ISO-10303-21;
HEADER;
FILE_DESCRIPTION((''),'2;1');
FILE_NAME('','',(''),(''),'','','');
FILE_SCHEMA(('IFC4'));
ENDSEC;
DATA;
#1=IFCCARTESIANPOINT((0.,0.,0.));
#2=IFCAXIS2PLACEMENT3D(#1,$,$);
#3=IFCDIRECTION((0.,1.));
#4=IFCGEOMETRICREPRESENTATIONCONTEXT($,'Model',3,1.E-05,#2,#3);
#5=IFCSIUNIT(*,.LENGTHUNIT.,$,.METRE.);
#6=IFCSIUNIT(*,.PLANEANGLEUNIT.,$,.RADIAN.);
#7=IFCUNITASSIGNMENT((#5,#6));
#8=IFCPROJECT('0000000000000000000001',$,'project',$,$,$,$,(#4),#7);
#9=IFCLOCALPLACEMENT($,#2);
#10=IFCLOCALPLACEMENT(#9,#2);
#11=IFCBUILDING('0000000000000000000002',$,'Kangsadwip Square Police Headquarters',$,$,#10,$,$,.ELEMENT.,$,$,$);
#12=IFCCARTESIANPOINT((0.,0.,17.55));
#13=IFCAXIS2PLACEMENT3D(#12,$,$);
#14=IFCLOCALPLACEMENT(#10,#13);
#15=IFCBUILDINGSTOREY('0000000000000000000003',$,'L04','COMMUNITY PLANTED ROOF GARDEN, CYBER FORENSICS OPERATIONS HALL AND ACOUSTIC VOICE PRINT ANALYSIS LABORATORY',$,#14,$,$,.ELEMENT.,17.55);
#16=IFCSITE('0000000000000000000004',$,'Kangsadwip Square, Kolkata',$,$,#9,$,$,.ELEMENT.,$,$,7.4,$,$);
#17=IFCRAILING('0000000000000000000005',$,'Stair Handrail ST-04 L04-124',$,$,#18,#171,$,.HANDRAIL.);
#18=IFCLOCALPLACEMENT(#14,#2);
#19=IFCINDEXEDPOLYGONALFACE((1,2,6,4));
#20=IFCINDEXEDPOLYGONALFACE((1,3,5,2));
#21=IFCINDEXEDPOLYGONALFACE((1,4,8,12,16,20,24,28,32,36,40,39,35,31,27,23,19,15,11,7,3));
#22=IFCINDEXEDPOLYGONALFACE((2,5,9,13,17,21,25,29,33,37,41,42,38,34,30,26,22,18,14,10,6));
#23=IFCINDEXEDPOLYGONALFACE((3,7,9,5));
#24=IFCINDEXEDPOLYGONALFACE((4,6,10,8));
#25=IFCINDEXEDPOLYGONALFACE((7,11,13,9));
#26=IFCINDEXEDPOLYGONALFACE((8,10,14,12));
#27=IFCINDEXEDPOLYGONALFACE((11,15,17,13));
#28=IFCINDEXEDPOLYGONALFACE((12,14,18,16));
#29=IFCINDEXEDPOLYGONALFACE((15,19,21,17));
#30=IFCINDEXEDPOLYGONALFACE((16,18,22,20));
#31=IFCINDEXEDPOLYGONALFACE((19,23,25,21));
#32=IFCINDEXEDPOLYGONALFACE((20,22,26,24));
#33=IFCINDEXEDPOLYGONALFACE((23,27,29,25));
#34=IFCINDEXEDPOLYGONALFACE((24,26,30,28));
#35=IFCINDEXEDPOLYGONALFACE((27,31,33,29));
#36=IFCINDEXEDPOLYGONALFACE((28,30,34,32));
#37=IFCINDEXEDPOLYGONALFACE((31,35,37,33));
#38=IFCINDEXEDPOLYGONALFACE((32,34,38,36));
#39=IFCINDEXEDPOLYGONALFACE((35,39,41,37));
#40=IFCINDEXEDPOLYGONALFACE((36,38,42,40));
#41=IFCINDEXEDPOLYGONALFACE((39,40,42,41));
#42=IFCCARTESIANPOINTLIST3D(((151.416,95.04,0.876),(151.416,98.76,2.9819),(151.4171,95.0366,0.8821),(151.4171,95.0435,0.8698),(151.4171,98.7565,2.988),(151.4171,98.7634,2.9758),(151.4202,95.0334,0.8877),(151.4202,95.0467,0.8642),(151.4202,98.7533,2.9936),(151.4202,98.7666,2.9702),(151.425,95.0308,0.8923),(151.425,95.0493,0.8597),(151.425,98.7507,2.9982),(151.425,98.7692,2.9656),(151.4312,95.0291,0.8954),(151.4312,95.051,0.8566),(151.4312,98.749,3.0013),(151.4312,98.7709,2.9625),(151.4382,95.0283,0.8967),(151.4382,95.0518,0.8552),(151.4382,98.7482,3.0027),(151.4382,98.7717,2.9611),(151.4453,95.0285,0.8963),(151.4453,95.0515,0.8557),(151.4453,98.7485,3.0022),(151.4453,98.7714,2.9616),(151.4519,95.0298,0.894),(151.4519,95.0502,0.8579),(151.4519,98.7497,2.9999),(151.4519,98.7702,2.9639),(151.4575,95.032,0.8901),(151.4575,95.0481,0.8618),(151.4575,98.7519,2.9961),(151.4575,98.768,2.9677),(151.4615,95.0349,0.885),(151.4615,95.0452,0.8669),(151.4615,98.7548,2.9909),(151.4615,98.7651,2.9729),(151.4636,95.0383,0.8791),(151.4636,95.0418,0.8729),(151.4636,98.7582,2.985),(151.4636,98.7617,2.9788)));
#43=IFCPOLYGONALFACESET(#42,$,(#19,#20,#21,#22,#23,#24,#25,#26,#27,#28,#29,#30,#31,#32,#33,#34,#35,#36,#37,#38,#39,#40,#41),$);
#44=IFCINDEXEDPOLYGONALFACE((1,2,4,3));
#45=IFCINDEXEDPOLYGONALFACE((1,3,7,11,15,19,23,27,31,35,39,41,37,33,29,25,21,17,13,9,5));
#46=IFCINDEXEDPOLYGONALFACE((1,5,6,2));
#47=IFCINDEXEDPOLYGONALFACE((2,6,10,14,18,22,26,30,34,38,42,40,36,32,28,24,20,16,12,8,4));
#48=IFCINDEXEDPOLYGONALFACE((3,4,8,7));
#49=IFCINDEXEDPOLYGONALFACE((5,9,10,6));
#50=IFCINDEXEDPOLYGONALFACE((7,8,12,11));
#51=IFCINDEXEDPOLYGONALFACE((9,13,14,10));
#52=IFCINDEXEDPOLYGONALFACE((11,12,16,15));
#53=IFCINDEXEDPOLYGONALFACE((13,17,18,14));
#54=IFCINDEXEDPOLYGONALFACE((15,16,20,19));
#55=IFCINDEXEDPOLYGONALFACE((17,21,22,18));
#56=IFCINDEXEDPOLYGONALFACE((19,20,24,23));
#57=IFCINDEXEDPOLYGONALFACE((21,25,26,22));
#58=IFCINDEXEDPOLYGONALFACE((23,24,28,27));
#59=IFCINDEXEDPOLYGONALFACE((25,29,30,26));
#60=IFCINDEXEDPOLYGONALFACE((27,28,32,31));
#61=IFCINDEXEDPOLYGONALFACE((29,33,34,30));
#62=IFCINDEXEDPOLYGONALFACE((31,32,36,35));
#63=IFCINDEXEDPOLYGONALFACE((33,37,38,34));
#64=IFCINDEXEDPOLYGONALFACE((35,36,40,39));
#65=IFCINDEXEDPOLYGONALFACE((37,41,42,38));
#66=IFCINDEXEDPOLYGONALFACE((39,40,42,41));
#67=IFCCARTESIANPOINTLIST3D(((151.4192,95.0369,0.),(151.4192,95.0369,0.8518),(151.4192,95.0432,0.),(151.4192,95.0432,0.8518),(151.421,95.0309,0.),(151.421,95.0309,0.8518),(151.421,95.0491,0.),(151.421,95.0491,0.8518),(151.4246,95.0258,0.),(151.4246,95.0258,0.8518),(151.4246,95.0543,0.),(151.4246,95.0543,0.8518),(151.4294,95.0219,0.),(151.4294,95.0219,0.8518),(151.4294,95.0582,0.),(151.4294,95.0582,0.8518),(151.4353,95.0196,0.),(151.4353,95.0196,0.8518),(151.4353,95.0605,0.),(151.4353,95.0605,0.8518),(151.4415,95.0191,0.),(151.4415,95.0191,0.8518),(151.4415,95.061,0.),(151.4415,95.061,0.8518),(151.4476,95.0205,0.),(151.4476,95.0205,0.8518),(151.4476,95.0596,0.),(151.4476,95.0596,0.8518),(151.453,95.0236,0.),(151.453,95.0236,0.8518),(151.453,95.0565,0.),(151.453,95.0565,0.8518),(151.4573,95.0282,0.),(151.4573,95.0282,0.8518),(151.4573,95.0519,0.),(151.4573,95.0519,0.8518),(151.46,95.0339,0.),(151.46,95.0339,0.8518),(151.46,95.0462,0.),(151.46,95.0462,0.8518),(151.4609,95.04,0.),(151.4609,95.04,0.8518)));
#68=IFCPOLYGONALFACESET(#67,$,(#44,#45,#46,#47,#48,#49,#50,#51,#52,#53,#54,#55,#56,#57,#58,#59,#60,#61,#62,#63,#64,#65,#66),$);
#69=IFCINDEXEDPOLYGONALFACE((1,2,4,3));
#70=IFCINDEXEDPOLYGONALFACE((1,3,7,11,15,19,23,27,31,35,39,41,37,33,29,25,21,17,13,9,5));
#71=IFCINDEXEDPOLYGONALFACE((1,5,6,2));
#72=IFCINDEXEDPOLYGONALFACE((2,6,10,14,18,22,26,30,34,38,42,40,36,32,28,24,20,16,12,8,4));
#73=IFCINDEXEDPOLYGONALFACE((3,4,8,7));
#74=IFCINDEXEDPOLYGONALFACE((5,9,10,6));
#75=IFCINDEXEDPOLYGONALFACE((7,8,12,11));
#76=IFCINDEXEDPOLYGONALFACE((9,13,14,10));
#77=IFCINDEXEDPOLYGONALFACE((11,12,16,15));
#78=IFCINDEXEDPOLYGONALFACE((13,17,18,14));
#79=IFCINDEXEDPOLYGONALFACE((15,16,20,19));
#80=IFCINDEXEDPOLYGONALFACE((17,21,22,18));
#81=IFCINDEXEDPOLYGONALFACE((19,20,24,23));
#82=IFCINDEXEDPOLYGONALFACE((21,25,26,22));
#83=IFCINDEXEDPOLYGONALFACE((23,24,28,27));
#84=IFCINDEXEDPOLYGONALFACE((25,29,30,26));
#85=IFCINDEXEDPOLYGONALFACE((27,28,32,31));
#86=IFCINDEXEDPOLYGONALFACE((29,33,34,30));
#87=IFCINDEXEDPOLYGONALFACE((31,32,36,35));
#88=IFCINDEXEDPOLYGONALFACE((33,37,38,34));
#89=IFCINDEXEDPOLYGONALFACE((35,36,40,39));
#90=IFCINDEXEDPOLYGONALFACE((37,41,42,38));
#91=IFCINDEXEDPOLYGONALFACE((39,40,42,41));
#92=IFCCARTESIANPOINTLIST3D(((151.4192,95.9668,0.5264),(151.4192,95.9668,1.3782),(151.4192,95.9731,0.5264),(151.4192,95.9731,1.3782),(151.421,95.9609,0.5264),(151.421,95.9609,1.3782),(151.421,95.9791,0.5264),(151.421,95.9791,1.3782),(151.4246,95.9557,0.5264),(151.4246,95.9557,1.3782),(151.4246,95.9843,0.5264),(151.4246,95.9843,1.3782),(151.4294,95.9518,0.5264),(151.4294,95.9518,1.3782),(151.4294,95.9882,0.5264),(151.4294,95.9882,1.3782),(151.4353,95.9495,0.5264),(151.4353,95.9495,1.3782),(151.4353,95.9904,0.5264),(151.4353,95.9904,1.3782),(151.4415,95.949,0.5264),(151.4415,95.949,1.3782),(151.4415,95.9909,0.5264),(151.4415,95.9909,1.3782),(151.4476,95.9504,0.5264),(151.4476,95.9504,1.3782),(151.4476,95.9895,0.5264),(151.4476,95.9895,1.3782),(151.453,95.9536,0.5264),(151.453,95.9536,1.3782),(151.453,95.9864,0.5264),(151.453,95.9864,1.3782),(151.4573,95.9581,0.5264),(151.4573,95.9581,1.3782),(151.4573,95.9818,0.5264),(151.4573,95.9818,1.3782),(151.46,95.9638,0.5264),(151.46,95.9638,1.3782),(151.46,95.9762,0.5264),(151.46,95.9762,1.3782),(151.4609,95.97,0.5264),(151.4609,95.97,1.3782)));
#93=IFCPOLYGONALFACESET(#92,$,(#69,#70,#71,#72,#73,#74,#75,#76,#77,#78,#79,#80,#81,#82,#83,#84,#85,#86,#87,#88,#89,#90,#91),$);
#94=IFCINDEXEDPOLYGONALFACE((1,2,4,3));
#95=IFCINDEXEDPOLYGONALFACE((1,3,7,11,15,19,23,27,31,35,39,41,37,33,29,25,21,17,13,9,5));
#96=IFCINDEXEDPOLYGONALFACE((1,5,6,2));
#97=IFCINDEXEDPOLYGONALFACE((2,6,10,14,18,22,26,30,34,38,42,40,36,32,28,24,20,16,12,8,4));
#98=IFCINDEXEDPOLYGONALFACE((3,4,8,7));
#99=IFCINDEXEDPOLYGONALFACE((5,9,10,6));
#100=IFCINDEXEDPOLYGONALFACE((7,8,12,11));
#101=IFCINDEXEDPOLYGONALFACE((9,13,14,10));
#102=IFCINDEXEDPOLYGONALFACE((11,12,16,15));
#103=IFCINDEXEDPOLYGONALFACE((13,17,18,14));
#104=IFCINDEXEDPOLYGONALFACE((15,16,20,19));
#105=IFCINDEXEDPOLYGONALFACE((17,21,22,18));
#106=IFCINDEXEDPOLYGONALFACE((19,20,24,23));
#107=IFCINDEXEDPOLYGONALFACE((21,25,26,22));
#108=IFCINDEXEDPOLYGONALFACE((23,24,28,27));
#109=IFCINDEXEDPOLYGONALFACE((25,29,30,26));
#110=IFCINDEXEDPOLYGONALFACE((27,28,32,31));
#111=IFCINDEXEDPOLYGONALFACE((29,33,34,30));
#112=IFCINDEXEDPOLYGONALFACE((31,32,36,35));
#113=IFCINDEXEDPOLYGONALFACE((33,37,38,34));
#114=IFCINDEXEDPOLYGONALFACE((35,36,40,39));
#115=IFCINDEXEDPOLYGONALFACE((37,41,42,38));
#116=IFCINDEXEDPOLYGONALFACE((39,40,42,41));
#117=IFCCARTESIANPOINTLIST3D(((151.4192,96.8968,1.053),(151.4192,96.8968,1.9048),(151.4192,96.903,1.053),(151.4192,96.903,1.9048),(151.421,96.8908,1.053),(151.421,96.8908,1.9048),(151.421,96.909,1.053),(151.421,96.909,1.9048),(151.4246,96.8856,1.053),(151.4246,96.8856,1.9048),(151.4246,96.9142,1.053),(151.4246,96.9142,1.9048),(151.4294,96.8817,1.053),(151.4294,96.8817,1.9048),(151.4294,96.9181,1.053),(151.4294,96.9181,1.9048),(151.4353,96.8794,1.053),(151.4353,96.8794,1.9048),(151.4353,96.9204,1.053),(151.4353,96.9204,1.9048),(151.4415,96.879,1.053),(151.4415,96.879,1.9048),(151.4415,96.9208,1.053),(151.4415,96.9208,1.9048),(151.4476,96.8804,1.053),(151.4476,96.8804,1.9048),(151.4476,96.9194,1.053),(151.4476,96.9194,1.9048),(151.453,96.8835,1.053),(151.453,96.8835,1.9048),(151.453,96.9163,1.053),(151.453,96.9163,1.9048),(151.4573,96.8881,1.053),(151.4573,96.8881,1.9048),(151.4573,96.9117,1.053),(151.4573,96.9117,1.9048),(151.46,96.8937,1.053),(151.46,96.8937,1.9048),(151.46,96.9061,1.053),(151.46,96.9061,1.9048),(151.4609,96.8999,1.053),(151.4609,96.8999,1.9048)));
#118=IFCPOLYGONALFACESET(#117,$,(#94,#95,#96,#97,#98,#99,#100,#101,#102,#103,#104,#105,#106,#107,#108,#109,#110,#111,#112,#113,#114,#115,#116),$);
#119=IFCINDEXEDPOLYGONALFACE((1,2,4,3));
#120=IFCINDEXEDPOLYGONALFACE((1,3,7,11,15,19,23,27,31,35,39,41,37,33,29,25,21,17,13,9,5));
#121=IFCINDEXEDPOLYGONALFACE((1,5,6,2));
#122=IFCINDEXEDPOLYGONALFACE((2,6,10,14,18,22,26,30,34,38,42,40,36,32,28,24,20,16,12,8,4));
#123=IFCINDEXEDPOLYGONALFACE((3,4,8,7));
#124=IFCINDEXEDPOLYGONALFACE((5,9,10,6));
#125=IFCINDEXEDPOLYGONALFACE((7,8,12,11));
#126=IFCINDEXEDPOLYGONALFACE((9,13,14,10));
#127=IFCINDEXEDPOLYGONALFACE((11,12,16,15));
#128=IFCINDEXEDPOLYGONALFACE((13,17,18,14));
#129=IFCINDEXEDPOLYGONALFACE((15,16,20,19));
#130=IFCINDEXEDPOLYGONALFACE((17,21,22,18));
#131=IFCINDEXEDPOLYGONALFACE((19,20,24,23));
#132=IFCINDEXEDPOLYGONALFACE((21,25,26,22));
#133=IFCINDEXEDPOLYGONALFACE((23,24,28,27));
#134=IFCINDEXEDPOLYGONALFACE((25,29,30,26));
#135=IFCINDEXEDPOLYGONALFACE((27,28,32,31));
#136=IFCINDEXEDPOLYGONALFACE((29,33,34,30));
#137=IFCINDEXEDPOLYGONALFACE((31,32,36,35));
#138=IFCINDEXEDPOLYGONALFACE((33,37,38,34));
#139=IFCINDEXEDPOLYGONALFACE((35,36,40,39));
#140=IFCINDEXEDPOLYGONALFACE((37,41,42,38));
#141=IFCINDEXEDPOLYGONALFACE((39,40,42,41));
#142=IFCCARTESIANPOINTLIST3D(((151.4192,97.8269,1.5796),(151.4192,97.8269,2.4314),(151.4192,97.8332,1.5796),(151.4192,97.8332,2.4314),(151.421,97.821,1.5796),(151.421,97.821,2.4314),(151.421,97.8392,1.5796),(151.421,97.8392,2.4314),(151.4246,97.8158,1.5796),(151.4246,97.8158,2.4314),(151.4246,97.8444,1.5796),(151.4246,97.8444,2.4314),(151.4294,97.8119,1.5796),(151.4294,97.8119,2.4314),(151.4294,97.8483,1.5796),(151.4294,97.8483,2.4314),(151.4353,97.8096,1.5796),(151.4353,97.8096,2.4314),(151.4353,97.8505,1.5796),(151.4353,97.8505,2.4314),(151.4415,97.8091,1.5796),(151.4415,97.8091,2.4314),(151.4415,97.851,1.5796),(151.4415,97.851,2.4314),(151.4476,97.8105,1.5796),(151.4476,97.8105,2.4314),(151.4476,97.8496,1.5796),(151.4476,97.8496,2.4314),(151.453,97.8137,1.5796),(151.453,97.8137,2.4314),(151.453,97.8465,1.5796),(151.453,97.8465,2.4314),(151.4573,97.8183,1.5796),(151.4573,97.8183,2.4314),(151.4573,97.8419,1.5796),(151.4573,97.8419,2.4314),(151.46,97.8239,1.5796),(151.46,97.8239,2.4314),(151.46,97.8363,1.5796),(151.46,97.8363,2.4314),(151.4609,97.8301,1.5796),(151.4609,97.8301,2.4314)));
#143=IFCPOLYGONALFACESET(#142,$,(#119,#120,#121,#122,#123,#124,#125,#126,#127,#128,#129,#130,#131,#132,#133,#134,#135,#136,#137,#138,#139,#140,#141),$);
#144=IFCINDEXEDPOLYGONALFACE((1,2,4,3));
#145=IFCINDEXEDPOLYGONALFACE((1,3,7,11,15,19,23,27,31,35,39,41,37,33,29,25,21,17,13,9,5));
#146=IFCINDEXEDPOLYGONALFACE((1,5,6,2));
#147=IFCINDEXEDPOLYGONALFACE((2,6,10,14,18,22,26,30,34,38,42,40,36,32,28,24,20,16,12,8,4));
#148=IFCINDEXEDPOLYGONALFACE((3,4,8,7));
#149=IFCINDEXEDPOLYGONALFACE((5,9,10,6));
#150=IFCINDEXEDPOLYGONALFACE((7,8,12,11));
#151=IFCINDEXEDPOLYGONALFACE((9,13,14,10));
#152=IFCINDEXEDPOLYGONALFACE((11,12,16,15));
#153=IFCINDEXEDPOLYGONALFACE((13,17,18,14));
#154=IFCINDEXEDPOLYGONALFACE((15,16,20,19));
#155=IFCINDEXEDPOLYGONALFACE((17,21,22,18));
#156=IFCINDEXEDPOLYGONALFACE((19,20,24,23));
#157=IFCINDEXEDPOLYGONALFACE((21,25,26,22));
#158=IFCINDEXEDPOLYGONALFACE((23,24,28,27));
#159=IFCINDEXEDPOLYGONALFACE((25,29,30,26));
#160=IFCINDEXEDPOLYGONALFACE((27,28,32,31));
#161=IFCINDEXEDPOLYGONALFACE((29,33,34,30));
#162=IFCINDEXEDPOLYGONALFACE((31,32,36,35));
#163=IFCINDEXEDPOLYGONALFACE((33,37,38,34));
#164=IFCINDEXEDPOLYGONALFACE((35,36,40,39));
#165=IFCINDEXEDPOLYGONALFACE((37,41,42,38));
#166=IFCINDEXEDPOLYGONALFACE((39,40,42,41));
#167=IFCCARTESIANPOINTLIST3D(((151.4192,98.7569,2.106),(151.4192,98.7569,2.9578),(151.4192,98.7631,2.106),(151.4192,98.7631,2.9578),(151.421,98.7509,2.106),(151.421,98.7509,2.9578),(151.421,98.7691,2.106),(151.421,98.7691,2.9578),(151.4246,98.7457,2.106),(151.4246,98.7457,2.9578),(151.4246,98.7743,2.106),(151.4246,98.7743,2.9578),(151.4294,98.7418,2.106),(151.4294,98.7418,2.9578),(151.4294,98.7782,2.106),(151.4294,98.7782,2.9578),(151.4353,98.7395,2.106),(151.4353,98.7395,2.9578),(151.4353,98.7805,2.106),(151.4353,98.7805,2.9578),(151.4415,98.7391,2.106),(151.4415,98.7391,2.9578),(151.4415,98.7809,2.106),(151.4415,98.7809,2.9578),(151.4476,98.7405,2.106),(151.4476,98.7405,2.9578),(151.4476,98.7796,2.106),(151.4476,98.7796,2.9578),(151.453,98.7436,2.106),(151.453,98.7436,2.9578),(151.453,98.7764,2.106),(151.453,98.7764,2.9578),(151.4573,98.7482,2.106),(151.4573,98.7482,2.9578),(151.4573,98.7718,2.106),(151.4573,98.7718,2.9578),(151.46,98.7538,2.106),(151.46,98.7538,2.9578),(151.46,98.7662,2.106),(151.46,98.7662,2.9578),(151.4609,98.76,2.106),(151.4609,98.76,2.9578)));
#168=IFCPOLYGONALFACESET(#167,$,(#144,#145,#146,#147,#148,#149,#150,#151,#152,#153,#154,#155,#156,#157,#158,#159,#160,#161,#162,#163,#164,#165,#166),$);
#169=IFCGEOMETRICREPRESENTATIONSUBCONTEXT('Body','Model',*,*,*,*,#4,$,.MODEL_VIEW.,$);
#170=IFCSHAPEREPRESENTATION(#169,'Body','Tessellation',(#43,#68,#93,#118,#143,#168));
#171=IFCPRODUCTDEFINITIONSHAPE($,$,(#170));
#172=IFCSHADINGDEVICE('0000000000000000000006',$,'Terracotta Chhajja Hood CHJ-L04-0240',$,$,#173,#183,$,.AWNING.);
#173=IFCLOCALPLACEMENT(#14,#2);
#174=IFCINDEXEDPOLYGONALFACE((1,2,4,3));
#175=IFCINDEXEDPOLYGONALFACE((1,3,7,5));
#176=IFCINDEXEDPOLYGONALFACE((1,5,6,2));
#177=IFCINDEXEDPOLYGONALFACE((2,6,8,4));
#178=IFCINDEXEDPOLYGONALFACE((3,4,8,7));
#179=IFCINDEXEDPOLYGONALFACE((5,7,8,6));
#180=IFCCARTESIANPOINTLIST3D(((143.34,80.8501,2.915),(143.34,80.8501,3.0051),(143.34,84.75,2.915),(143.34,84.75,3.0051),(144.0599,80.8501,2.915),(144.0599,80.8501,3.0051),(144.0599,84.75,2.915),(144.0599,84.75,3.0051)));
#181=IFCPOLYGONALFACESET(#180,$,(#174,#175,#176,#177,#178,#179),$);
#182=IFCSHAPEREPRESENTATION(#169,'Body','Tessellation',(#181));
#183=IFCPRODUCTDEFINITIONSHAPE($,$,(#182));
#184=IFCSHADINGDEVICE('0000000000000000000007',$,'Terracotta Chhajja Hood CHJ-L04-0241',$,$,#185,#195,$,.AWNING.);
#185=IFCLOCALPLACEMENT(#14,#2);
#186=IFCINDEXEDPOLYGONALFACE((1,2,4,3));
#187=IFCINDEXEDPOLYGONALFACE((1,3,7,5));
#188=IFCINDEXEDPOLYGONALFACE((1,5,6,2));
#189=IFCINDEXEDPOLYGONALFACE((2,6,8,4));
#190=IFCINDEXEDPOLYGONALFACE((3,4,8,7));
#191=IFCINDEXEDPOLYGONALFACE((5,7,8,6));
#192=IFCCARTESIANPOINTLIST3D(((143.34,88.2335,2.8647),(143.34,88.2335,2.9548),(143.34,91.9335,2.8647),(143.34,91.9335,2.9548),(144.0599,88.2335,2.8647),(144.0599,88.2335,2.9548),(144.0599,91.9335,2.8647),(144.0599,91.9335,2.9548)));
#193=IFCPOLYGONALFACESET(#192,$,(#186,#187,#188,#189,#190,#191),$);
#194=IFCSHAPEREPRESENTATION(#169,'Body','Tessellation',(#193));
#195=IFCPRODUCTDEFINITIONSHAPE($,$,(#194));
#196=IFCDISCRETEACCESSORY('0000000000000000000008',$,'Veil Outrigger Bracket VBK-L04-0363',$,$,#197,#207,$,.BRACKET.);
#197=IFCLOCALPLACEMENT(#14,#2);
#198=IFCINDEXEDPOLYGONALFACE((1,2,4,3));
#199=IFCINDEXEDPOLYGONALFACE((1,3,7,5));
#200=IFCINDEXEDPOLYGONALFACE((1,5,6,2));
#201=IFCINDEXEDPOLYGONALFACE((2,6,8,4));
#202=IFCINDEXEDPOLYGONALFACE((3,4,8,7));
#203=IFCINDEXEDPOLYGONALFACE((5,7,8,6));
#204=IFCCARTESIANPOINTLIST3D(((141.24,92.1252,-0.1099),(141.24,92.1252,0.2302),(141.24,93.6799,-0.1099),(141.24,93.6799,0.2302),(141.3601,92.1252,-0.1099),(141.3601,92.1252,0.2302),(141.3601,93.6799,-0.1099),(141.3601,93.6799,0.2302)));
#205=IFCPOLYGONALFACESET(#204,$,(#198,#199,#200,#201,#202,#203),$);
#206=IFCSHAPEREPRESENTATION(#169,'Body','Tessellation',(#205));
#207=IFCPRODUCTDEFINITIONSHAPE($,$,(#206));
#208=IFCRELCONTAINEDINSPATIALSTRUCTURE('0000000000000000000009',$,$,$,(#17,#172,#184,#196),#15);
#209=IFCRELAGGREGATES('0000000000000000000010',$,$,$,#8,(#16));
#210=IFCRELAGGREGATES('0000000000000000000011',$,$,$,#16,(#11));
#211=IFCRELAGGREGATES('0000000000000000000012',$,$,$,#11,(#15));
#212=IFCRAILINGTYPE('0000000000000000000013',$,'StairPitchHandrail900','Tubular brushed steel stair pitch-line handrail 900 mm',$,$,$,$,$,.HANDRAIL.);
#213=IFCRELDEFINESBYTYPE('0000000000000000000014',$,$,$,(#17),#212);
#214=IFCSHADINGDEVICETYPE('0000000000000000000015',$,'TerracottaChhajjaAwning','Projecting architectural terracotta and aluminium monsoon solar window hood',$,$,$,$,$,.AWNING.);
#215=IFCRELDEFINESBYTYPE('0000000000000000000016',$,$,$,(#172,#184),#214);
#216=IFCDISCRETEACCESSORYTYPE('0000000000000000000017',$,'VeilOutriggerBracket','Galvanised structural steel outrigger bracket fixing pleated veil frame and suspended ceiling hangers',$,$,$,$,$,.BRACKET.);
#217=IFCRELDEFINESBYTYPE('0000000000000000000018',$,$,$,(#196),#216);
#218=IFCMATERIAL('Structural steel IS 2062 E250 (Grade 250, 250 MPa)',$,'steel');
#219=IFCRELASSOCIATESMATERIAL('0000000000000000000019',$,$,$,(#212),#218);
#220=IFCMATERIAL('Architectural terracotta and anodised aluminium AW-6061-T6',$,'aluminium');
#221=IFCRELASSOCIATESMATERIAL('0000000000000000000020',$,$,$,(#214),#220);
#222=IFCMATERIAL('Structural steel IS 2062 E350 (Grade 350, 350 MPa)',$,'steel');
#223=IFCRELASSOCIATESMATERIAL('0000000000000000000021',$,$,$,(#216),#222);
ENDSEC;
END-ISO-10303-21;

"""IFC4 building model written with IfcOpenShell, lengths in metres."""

from ifc_helpers import new_model, si_unit, direction, frame, origin, origin_2d, place, context, subcontext, project, spatial, rectangle, circle, extrude, material, type_object, element, save


model = new_model("IFC4")

# Units and contexts
model_context = context("Model", 3, precision=1e-05, world=origin(), true_north=direction((0.0, 1.0)))
body_context = subcontext(model_context, "Body", "Model", "MODEL_VIEW")
ifc_project = project(units=[si_unit("LENGTHUNIT", "METRE"), si_unit("PLANEANGLEUNIT", "RADIAN")], contexts=[model_context])

# Site, building, storey
site_placement = place(None, origin())
site = spatial("IfcSite", under=ifc_project, at=site_placement, Name="Kangsadwip Square, Kolkata", CompositionType="ELEMENT", RefElevation=7.4)
building_placement = place(site_placement, origin())
building = spatial("IfcBuilding", under=site, at=building_placement, Name="Kangsadwip Square Police Headquarters", CompositionType="ELEMENT")
storey_placement = place(building_placement, frame((0.0, 0.0, 17.55)))
storey = spatial("IfcBuildingStorey", under=building, at=storey_placement, Name="L04", Description="COMMUNITY PLANTED ROOF GARDEN, CYBER FORENSICS OPERATIONS HALL AND ACOUSTIC VOICE PRINT ANALYSIS LABORATORY", CompositionType="ELEMENT", Elevation=17.55)

# Railing
ifc_material_1 = material(Name="Structural steel IS 2062 E250 (Grade 250, 250 MPa)", Category="steel")
railing_type = type_object("IfcRailingType", Name="StairPitchHandrail900", Description="Tubular brushed steel stair pitch-line handrail 900 mm", PredefinedType="HANDRAIL", material=ifc_material_1)
railing_placement = place(storey_placement, frame((151.4399, 95.04, 0.0)))
element("IfcRailing", 1, at=railing_placement, inside=storey, type_object=railing_type, Name="Stair Handrail ST-04 L04-124", PredefinedType="HANDRAIL", context=body_context, shape_type="SweptSolid", body=[
    extrude(circle(Radius=0.0239, at=origin_2d()), frame((0.0, 0.0, 0.876), z_axis=(0.0, 0.870225, 0.492654), x_axis=(-1.0, 0.0, 0.0)), (0.0, 0.0, 1.0), 4.2747),
    extrude(circle(Radius=0.021, at=origin_2d()), origin(), (0.0, 0.0, 1.0), 0.8518),
    extrude(circle(Radius=0.021, at=origin_2d()), frame((0.0, 0.9299, 0.5264)), (0.0, 0.0, 1.0), 0.8518),
    extrude(circle(Radius=0.021, at=origin_2d()), frame((0.0, 1.8599, 1.053)), (0.0, 0.0, 1.0), 0.8518),
    extrude(circle(Radius=0.021, at=origin_2d()), frame((0.0, 2.79, 1.5796)), (0.0, 0.0, 1.0), 0.8518),
    extrude(circle(Radius=0.021, at=origin_2d()), frame((0.0, 3.72, 2.106)), (0.0, 0.0, 1.0), 0.8518),
])

# Shading devices
ifc_material_2 = material(Name="Architectural terracotta and anodised aluminium AW-6061-T6", Category="aluminium")
shading_device_type = type_object("IfcShadingDeviceType", Name="TerracottaChhajjaAwning", Description="Projecting architectural terracotta and aluminium monsoon solar window hood", PredefinedType="AWNING", material=ifc_material_2)
shading_device_1_placement = place(storey_placement, frame((143.7, 82.8, 2.915), z_axis=(0.0, 0.0, 1.0), x_axis=(0.0, 1.0, 0.0)))
element("IfcShadingDevice", 2, at=shading_device_1_placement, inside=storey, type_object=shading_device_type, Name="Terracotta Chhajja Hood CHJ-L04-0240", PredefinedType="AWNING", context=body_context, shape_type="SweptSolid", body=[
    extrude(rectangle(XDim=3.8999, YDim=0.72, at=origin_2d()), origin(), (0.0, 0.0, 1.0), 0.0901),
])
shading_device_2_placement = place(storey_placement, frame((143.7, 90.0835, 2.8647), z_axis=(0.0, 0.0, 1.0), x_axis=(0.0, 1.0, 0.0)))
element("IfcShadingDevice", 3, at=shading_device_2_placement, inside=storey, type_object=shading_device_type, Name="Terracotta Chhajja Hood CHJ-L04-0241", PredefinedType="AWNING", context=body_context, shape_type="SweptSolid", body=[
    extrude(rectangle(XDim=3.7, YDim=0.72, at=origin_2d()), origin(), (0.0, 0.0, 1.0), 0.0901),
])

# Discrete accessory
ifc_material_3 = material(Name="Structural steel IS 2062 E350 (Grade 350, 350 MPa)", Category="steel")
discrete_accessory_type = type_object("IfcDiscreteAccessoryType", Name="VeilOutriggerBracket", Description="Galvanised structural steel outrigger bracket fixing pleated veil frame and suspended ceiling hangers", PredefinedType="BRACKET", material=ifc_material_3)
discrete_accessory_1_placement = place(storey_placement, frame((141.3, 92.9026, -0.1099), z_axis=(0.0, 0.0, 1.0), x_axis=(1.0, 0.0, 0.0)))
element("IfcDiscreteAccessory", 4, at=discrete_accessory_1_placement, inside=storey, type_object=discrete_accessory_type, Name="Veil Outrigger Bracket VBK-L04-0363", PredefinedType="BRACKET", context=body_context, shape_type="SweptSolid", body=[
    extrude(rectangle(XDim=0.1201, YDim=1.5547, at=origin_2d()), origin(), (0.0, 0.0, 1.0), 0.3401),
])

save(model, "model.ifc")
